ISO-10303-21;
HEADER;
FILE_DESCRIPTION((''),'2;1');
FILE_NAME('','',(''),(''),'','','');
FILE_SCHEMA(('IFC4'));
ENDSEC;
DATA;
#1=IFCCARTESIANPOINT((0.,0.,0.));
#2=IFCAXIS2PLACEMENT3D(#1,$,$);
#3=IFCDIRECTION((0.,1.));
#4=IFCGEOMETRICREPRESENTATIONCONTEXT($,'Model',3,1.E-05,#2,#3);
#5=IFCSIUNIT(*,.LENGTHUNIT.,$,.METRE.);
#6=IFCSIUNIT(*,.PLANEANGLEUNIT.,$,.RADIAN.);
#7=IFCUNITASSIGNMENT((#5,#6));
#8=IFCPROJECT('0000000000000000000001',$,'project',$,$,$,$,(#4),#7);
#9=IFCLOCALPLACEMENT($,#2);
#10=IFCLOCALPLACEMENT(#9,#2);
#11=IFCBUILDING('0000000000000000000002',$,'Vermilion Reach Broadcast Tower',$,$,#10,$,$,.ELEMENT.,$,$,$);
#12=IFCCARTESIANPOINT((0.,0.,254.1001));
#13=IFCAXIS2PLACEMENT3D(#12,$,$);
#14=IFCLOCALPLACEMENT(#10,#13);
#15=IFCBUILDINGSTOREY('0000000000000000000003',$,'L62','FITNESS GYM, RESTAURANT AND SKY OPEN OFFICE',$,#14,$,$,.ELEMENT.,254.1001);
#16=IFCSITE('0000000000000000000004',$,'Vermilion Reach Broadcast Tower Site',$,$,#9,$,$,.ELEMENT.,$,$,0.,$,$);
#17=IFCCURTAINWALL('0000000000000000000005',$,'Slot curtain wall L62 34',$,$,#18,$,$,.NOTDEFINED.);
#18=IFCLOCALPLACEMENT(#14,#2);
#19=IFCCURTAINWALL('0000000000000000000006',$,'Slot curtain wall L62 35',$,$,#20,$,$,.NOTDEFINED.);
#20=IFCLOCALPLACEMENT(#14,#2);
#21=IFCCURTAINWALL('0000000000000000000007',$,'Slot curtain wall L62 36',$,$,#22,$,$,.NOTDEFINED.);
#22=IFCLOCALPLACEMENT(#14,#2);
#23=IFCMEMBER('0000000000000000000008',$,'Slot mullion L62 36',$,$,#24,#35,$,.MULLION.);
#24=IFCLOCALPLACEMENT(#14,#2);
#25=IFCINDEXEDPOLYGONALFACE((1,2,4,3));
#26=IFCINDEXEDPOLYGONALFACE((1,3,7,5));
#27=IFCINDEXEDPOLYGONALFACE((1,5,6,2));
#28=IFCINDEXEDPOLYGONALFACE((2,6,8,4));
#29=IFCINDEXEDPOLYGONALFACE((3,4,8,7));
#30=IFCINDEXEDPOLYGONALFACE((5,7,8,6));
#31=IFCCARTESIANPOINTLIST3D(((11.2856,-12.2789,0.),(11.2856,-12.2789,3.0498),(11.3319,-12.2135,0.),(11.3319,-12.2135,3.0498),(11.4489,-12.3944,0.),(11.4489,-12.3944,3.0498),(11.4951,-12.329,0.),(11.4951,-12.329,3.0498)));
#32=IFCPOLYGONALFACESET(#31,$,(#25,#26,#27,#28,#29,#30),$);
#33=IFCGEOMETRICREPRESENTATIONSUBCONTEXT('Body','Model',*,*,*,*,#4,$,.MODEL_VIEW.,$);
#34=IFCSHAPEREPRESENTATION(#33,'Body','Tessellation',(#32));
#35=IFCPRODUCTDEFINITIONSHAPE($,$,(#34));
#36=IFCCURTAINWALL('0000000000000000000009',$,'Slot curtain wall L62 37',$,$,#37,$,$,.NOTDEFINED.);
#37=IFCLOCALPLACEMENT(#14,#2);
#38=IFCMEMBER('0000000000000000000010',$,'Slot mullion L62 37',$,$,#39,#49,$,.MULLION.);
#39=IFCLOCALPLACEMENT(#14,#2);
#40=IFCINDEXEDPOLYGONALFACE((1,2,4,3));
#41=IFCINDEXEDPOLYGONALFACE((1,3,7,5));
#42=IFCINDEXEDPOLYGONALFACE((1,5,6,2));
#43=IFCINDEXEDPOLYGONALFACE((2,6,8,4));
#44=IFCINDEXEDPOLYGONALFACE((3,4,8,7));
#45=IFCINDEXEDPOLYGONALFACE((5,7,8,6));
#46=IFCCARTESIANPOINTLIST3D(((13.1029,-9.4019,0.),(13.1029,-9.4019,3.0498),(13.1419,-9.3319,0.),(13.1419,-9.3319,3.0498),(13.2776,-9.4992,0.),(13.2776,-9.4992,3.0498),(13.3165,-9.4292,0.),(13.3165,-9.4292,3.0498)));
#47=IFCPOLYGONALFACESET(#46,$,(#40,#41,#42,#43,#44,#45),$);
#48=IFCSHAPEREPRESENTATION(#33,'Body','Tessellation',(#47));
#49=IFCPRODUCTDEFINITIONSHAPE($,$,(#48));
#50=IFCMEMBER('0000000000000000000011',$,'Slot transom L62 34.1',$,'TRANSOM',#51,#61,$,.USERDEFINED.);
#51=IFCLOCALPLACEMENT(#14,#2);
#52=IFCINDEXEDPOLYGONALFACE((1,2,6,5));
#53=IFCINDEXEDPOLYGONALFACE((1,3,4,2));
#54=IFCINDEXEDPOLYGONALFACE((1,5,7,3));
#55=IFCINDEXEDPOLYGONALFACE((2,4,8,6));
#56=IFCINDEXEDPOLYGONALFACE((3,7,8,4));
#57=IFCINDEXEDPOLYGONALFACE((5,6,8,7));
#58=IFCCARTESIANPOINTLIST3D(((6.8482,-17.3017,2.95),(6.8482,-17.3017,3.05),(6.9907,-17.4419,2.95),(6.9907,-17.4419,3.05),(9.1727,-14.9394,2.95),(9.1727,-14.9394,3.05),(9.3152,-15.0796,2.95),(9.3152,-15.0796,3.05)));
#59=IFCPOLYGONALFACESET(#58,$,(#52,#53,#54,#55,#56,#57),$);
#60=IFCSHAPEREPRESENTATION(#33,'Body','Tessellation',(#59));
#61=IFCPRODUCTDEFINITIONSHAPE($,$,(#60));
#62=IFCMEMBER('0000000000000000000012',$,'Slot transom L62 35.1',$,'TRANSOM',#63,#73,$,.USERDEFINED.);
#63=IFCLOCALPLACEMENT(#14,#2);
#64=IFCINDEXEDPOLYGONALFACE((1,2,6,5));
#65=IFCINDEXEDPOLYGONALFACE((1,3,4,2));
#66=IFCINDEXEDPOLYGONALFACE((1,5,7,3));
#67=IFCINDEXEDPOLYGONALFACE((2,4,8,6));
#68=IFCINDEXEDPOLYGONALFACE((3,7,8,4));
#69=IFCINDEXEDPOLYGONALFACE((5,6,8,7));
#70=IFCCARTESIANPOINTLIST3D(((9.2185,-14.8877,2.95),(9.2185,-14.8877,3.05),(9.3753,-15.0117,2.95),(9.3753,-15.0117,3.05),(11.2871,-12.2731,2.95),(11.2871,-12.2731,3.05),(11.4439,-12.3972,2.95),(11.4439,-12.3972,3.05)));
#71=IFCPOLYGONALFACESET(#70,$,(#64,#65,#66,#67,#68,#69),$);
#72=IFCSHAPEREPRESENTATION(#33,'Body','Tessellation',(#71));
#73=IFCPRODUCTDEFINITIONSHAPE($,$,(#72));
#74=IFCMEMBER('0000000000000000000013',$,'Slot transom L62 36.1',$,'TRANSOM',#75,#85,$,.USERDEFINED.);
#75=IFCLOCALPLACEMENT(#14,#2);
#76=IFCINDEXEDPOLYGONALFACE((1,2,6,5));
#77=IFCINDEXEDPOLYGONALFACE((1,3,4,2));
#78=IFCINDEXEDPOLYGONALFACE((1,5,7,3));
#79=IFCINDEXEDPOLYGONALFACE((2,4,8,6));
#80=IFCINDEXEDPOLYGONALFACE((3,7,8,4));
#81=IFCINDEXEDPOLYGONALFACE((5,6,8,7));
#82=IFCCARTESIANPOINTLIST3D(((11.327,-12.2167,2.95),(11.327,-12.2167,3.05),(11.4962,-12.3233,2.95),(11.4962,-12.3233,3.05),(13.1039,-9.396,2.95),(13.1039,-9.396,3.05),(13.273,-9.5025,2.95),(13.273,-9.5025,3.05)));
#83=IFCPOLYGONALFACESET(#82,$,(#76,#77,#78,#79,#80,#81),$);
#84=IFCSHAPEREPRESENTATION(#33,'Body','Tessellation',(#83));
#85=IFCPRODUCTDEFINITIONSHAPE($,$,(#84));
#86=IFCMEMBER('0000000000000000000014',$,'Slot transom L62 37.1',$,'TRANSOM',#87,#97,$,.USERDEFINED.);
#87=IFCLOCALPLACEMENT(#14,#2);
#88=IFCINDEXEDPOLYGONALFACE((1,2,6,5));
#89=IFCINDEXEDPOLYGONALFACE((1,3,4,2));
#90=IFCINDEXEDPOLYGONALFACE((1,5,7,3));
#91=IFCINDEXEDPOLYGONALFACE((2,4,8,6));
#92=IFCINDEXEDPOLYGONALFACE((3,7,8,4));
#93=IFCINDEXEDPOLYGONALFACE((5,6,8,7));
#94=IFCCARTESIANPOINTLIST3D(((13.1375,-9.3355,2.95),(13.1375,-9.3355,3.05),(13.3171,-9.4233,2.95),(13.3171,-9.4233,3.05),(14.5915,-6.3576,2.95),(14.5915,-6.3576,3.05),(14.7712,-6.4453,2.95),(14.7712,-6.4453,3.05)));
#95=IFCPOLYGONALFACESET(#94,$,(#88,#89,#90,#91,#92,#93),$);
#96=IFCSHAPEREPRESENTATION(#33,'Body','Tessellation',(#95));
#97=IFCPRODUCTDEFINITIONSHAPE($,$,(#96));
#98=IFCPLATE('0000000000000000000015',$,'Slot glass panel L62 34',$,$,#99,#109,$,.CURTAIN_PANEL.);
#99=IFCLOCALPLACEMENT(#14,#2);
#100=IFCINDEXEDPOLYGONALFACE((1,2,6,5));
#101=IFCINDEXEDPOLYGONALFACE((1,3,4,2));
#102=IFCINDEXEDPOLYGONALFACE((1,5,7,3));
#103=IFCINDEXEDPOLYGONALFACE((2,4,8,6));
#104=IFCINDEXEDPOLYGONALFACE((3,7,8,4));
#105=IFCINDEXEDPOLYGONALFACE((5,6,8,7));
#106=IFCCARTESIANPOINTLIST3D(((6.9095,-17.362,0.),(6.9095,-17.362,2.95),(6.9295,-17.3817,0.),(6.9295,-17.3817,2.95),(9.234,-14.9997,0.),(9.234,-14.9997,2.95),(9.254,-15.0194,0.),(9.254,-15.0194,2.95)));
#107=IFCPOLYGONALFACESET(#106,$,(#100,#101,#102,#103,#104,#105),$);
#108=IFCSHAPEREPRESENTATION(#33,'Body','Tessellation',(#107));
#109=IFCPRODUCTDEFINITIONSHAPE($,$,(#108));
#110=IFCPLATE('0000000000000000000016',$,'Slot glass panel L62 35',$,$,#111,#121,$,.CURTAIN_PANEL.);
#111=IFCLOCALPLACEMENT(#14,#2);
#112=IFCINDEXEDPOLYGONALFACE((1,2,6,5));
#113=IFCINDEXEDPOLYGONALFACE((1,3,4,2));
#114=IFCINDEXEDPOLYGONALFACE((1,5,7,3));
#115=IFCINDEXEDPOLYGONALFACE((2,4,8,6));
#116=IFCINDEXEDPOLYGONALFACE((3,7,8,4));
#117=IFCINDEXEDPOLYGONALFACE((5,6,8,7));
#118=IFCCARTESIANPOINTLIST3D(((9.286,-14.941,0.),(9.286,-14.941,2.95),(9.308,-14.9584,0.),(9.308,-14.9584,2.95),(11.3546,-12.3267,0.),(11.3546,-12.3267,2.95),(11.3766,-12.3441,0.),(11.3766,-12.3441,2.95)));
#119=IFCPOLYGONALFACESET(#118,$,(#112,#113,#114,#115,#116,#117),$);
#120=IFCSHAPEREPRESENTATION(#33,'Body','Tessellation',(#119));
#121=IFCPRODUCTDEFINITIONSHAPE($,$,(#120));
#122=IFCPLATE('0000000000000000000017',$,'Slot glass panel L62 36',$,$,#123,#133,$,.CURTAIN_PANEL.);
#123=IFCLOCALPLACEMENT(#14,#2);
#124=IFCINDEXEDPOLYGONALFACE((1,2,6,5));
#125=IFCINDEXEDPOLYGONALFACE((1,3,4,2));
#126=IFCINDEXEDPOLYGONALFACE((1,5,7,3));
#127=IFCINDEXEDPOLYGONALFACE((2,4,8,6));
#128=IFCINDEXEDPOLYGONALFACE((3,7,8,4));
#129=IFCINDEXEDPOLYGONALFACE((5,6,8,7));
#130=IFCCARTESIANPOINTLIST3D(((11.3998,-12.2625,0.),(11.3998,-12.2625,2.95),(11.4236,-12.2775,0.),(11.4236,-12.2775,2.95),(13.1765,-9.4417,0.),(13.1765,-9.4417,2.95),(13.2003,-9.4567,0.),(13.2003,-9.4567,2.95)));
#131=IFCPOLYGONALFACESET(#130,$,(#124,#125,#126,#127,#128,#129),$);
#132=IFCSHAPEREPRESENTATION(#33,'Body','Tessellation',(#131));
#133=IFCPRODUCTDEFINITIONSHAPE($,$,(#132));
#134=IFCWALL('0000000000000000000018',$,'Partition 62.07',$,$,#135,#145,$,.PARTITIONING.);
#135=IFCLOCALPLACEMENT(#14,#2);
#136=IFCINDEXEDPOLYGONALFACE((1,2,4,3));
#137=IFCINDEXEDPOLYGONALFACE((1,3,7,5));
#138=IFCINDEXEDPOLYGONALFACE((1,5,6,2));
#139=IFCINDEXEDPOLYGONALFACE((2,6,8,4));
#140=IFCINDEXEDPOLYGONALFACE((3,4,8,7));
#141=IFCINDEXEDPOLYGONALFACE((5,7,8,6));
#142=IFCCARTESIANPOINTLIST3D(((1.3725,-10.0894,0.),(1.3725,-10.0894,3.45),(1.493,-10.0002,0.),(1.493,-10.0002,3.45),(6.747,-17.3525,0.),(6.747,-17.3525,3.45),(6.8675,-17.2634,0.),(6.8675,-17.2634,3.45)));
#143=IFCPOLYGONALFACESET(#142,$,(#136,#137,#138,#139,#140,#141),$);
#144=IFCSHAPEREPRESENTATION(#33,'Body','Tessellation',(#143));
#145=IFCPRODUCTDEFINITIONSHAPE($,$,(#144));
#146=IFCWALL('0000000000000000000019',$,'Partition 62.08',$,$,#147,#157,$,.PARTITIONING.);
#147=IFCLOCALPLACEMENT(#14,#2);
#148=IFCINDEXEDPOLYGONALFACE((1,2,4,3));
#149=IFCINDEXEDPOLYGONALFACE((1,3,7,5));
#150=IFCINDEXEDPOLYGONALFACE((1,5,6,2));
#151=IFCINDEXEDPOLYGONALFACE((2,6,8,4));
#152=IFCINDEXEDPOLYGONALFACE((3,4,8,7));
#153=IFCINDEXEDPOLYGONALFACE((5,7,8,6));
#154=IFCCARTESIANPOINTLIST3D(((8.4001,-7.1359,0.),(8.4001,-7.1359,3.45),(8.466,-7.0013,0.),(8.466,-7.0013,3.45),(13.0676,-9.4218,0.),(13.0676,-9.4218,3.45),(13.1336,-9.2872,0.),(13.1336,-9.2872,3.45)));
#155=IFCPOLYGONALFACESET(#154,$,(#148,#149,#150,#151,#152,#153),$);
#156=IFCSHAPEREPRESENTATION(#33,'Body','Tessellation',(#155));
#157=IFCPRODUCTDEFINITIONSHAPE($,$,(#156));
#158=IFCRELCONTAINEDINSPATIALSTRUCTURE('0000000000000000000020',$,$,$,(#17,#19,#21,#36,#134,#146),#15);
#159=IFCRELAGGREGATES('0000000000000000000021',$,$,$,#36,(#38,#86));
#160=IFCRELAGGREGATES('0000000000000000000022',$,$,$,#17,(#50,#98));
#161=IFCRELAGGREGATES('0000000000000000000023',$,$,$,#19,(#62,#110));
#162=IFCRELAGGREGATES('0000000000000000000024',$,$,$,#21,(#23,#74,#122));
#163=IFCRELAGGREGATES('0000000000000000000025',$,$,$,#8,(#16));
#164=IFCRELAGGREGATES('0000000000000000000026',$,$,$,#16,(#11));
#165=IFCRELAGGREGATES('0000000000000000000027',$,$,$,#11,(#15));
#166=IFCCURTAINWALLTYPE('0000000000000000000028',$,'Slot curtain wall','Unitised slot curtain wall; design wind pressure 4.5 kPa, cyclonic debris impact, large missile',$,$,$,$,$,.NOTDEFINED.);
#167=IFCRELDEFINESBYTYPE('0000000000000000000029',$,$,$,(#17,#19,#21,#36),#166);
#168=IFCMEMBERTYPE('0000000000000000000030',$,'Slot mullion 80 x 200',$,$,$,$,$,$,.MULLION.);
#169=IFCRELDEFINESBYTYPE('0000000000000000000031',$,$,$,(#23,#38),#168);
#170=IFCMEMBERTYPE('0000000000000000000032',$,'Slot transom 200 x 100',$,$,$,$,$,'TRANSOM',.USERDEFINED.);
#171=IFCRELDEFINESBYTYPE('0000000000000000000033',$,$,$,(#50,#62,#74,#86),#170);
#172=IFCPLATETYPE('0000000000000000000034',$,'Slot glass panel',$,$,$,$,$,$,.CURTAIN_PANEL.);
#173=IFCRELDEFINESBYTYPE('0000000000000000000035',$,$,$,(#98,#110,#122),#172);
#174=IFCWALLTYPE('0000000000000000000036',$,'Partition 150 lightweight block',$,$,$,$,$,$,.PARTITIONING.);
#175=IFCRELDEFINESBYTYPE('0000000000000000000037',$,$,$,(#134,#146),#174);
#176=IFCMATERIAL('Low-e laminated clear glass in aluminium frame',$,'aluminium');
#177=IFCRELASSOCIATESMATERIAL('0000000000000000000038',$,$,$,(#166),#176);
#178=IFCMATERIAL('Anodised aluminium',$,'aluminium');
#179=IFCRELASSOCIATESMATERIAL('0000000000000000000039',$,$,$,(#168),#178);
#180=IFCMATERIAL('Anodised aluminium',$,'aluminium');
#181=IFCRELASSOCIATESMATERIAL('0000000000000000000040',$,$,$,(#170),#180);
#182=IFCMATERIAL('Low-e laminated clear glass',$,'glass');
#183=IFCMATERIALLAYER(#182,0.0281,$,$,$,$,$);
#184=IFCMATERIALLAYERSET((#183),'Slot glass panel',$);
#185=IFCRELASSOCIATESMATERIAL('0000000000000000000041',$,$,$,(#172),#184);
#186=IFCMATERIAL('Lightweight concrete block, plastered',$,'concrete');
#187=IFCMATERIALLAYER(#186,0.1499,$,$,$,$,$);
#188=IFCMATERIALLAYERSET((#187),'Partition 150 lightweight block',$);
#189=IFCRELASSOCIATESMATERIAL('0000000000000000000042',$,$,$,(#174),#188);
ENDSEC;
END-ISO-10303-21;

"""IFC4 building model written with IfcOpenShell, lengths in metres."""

from ifc_helpers import new_model, si_unit, direction, frame, frame_2d, origin, origin_2d, place, context, subcontext, project, spatial, rectangle, extrude, material, layer, layer_set, material_profile, profile_set, type_object, element, aggregate, save


model = new_model("IFC4")

# Units and contexts
model_context = context("Model", 3, precision=1e-05, world=origin(), true_north=direction((0.0, 1.0)))
body_context = subcontext(model_context, "Body", "Model", "MODEL_VIEW")
ifc_project = project(units=[si_unit("LENGTHUNIT", "METRE"), si_unit("PLANEANGLEUNIT", "RADIAN")], contexts=[model_context])

# Site, building, storey
site_placement = place(None, origin())
site = spatial("IfcSite", under=ifc_project, at=site_placement, Name="Vermilion Reach Broadcast Tower Site", CompositionType="ELEMENT", RefElevation=0.0)
building_placement = place(site_placement, origin())
building = spatial("IfcBuilding", under=site, at=building_placement, Name="Vermilion Reach Broadcast Tower", CompositionType="ELEMENT")
storey_placement = place(building_placement, frame((0.0, 0.0, 254.1001)))
storey = spatial("IfcBuildingStorey", under=building, at=storey_placement, Name="L62", Description="FITNESS GYM, RESTAURANT AND SKY OPEN OFFICE", CompositionType="ELEMENT", Elevation=254.1001)

# Curtain walls, members
ifc_material_1 = material(Name="Low-e laminated clear glass in aluminium frame", Category="aluminium")
curtain_wall_type = type_object("IfcCurtainWallType", Name="Slot curtain wall", Description="Unitised slot curtain wall; design wind pressure 4.5 kPa, cyclonic debris impact, large missile", PredefinedType="NOTDEFINED", material=ifc_material_1)
placement = place(storey_placement, origin())
curtain_wall_1 = element("IfcCurtainWall", 1, at=placement, inside=storey, type_object=curtain_wall_type, Name="Slot curtain wall L62 34", PredefinedType="NOTDEFINED")
ifc_material_2 = material(Name="Anodised aluminium", Category="aluminium")
ifc_material_profile_1 = material_profile(ifc_material_2, rectangle(XDim=0.2, YDim=0.0801, at=origin_2d()), Name="Slot mullion 80 x 200")
ifc_profile_set_1 = profile_set([ifc_material_profile_1], Name="Anodised aluminium")
member_type_1 = type_object("IfcMemberType", Name="Slot mullion 80 x 200", PredefinedType="MULLION", material=ifc_profile_set_1)
curtain_wall_2 = element("IfcCurtainWall", 2, at=placement, inside=storey, type_object=curtain_wall_type, Name="Slot curtain wall L62 35", PredefinedType="NOTDEFINED")
curtain_wall_3 = element("IfcCurtainWall", 3, at=placement, inside=storey, type_object=curtain_wall_type, Name="Slot curtain wall L62 36", PredefinedType="NOTDEFINED")
member_1_placement = place(storey_placement, frame((11.3904, -12.304, 0.0), z_axis=(0.0, 0.0, 1.0), x_axis=(-0.816339, 0.577573, 0.0)))
member_1 = element("IfcMember", 4, at=member_1_placement, type_object=member_type_1, Name="Slot mullion L62 36", PredefinedType="MULLION", context=body_context, shape_type="SweptSolid", body=[
    extrude(rectangle(XDim=0.2, YDim=0.0801, at=origin_2d()), origin(), (0.0, 0.0, 1.0), 3.0498),
])
curtain_wall_4 = element("IfcCurtainWall", 5, at=placement, inside=storey, type_object=curtain_wall_type, Name="Slot curtain wall L62 37", PredefinedType="NOTDEFINED")
member_2_placement = place(storey_placement, frame((13.2097, -9.4155, 0.0), z_axis=(0.0, 0.0, 1.0), x_axis=(-0.873653, 0.48655, 0.0)))
member_2 = element("IfcMember", 6, at=member_2_placement, type_object=member_type_1, Name="Slot mullion L62 37", PredefinedType="MULLION", context=body_context, shape_type="SweptSolid", body=[
    extrude(rectangle(XDim=0.2, YDim=0.0801, at=origin_2d()), origin(), (0.0, 0.0, 1.0), 3.0498),
])

# Members
ifc_material_3 = material(Name="Anodised aluminium", Category="aluminium")
ifc_material_profile_2 = material_profile(ifc_material_3, rectangle(XDim=0.2, YDim=0.1001, at=origin_2d()), Name="Slot transom 200 x 100")
ifc_profile_set_2 = profile_set([ifc_material_profile_2], Name="Anodised aluminium")
member_type_2 = type_object("IfcMemberType", Name="Slot transom 200 x 100", ElementType="TRANSOM", PredefinedType="USERDEFINED", material=ifc_profile_set_2)
member_3_placement = place(storey_placement, frame((6.9194, -17.3718, 3.0), z_axis=(0.701375, 0.712793, 0.0), x_axis=(-0.712793, 0.701375, 0.0)))
member_3 = element("IfcMember", 7, at=member_3_placement, type_object=member_type_2, Name="Slot transom L62 34.1", ObjectType="TRANSOM", PredefinedType="USERDEFINED", context=body_context, shape_type="SweptSolid", body=[
    extrude(rectangle(XDim=0.2, YDim=0.1001, at=origin_2d()), origin(), (0.0, 0.0, 1.0), 3.3142),
])
member_4_placement = place(storey_placement, frame((9.2969, -14.9497, 3.0), z_axis=(0.62048, 0.784222, 0.0), x_axis=(-0.784222, 0.62048, 0.0)))
member_4 = element("IfcMember", 8, at=member_4_placement, type_object=member_type_2, Name="Slot transom L62 35.1", ObjectType="TRANSOM", PredefinedType="USERDEFINED", context=body_context, shape_type="SweptSolid", body=[
    extrude(rectangle(XDim=0.2, YDim=0.1001, at=origin_2d()), origin(), (0.0, 0.0, 1.0), 3.334),
])
member_5_placement = place(storey_placement, frame((11.4116, -12.27, 3.0), z_axis=(0.532984, 0.846125, 0.0), x_axis=(-0.846125, 0.532984, 0.0)))
member_5 = element("IfcMember", 9, at=member_5_placement, type_object=member_type_2, Name="Slot transom L62 36.1", ObjectType="TRANSOM", PredefinedType="USERDEFINED", context=body_context, shape_type="SweptSolid", body=[
    extrude(rectangle(XDim=0.2, YDim=0.1001, at=origin_2d()), origin(), (0.0, 0.0, 1.0), 3.3337),
])
member_6_placement = place(storey_placement, frame((13.2273, -9.3794, 3.0), z_axis=(0.438766, 0.898601, 0.0), x_axis=(-0.898601, 0.438766, 0.0)))
member_6 = element("IfcMember", 10, at=member_6_placement, type_object=member_type_2, Name="Slot transom L62 37.1", ObjectType="TRANSOM", PredefinedType="USERDEFINED", context=body_context, shape_type="SweptSolid", body=[
    extrude(rectangle(XDim=0.2, YDim=0.1001, at=origin_2d()), origin(), (0.0, 0.0, 1.0), 3.314),
])
aggregate(curtain_wall_4, [member_2, member_6])

# Plates
ifc_material_4 = material(Name="Low-e laminated clear glass", Category="glass")
ifc_layer_1 = layer(ifc_material_4, 0.0281)
ifc_layer_set_1 = layer_set([ifc_layer_1], Name="Slot glass panel")
plate_type = type_object("IfcPlateType", Name="Slot glass panel", PredefinedType="CURTAIN_PANEL", material=ifc_layer_set_1)
plate_1_placement = place(storey_placement, frame((8.0818, -16.1907, 0.0), z_axis=(0.0, 0.0, 1.0), x_axis=(0.701377, 0.712791, 0.0)))
plate_1 = element("IfcPlate", 11, at=plate_1_placement, type_object=plate_type, Name="Slot glass panel L62 34", PredefinedType="CURTAIN_PANEL", context=body_context, shape_type="SweptSolid", body=[
    extrude(rectangle(XDim=3.3142, YDim=0.0281, at=origin_2d()), origin(), (0.0, 0.0, 1.0), 2.95),
])
aggregate(curtain_wall_1, [member_3, plate_1])
plate_2_placement = place(storey_placement, frame((10.3313, -13.6426, 0.0), z_axis=(0.0, 0.0, 1.0), x_axis=(0.620523, 0.784189, 0.0)))
plate_2 = element("IfcPlate", 12, at=plate_2_placement, type_object=plate_type, Name="Slot glass panel L62 35", PredefinedType="CURTAIN_PANEL", context=body_context, shape_type="SweptSolid", body=[
    extrude(rectangle(XDim=3.3337, YDim=0.0281, at=origin_2d()), origin(), (0.0, 0.0, 1.0), 2.95),
])
aggregate(curtain_wall_2, [member_4, plate_2])
plate_3_placement = place(storey_placement, frame((12.3, -10.8596, 0.0), z_axis=(0.0, 0.0, 1.0), x_axis=(0.53296, 0.84614, 0.0)))
plate_3 = element("IfcPlate", 13, at=plate_3_placement, type_object=plate_type, Name="Slot glass panel L62 36", PredefinedType="CURTAIN_PANEL", context=body_context, shape_type="SweptSolid", body=[
    extrude(rectangle(XDim=3.3337, YDim=0.0281, at=origin_2d()), origin(), (0.0, 0.0, 1.0), 2.95),
])
aggregate(curtain_wall_3, [member_1, member_5, plate_3])

# Walls
ifc_material_5 = material(Name="Lightweight concrete block, plastered", Category="concrete")
ifc_layer_2 = layer(ifc_material_5, 0.1499)
ifc_layer_set_2 = layer_set([ifc_layer_2], Name="Partition 150 lightweight block")
wall_type_1 = type_object("IfcWallType", Name="Partition 150 lightweight block", PredefinedType="PARTITIONING", material=ifc_layer_set_2)
wall_1_placement = place(storey_placement, frame((6.8071, -17.3079, 0.0), z_axis=(0.0, 0.0, 1.0), x_axis=(-0.594826, 0.803855, 0.0)))
element("IfcWall", 14, at=wall_1_placement, inside=storey, type_object=wall_type_1, Name="Partition 62.07", PredefinedType="PARTITIONING", context=body_context, shape_type="SweptSolid", body=[
    extrude(rectangle(XDim=9.0354, YDim=0.1499, at=frame_2d((4.5176, 0.0))), origin(), (0.0, 0.0, 1.0), 3.45),
])
wall_2_placement = place(storey_placement, frame((13.1006, -9.3545, 0.0), z_axis=(0.0, 0.0, 1.0), x_axis=(-0.89808, 0.439833, 0.0)))
element("IfcWall", 15, at=wall_2_placement, inside=storey, type_object=wall_type_1, Name="Partition 62.08", PredefinedType="PARTITIONING", context=body_context, shape_type="SweptSolid", body=[
    extrude(rectangle(XDim=5.1973, YDim=0.1499, at=frame_2d((2.5986, 0.0))), origin(), (0.0, 0.0, 1.0), 3.45),
])

save(model, "model.ifc")
